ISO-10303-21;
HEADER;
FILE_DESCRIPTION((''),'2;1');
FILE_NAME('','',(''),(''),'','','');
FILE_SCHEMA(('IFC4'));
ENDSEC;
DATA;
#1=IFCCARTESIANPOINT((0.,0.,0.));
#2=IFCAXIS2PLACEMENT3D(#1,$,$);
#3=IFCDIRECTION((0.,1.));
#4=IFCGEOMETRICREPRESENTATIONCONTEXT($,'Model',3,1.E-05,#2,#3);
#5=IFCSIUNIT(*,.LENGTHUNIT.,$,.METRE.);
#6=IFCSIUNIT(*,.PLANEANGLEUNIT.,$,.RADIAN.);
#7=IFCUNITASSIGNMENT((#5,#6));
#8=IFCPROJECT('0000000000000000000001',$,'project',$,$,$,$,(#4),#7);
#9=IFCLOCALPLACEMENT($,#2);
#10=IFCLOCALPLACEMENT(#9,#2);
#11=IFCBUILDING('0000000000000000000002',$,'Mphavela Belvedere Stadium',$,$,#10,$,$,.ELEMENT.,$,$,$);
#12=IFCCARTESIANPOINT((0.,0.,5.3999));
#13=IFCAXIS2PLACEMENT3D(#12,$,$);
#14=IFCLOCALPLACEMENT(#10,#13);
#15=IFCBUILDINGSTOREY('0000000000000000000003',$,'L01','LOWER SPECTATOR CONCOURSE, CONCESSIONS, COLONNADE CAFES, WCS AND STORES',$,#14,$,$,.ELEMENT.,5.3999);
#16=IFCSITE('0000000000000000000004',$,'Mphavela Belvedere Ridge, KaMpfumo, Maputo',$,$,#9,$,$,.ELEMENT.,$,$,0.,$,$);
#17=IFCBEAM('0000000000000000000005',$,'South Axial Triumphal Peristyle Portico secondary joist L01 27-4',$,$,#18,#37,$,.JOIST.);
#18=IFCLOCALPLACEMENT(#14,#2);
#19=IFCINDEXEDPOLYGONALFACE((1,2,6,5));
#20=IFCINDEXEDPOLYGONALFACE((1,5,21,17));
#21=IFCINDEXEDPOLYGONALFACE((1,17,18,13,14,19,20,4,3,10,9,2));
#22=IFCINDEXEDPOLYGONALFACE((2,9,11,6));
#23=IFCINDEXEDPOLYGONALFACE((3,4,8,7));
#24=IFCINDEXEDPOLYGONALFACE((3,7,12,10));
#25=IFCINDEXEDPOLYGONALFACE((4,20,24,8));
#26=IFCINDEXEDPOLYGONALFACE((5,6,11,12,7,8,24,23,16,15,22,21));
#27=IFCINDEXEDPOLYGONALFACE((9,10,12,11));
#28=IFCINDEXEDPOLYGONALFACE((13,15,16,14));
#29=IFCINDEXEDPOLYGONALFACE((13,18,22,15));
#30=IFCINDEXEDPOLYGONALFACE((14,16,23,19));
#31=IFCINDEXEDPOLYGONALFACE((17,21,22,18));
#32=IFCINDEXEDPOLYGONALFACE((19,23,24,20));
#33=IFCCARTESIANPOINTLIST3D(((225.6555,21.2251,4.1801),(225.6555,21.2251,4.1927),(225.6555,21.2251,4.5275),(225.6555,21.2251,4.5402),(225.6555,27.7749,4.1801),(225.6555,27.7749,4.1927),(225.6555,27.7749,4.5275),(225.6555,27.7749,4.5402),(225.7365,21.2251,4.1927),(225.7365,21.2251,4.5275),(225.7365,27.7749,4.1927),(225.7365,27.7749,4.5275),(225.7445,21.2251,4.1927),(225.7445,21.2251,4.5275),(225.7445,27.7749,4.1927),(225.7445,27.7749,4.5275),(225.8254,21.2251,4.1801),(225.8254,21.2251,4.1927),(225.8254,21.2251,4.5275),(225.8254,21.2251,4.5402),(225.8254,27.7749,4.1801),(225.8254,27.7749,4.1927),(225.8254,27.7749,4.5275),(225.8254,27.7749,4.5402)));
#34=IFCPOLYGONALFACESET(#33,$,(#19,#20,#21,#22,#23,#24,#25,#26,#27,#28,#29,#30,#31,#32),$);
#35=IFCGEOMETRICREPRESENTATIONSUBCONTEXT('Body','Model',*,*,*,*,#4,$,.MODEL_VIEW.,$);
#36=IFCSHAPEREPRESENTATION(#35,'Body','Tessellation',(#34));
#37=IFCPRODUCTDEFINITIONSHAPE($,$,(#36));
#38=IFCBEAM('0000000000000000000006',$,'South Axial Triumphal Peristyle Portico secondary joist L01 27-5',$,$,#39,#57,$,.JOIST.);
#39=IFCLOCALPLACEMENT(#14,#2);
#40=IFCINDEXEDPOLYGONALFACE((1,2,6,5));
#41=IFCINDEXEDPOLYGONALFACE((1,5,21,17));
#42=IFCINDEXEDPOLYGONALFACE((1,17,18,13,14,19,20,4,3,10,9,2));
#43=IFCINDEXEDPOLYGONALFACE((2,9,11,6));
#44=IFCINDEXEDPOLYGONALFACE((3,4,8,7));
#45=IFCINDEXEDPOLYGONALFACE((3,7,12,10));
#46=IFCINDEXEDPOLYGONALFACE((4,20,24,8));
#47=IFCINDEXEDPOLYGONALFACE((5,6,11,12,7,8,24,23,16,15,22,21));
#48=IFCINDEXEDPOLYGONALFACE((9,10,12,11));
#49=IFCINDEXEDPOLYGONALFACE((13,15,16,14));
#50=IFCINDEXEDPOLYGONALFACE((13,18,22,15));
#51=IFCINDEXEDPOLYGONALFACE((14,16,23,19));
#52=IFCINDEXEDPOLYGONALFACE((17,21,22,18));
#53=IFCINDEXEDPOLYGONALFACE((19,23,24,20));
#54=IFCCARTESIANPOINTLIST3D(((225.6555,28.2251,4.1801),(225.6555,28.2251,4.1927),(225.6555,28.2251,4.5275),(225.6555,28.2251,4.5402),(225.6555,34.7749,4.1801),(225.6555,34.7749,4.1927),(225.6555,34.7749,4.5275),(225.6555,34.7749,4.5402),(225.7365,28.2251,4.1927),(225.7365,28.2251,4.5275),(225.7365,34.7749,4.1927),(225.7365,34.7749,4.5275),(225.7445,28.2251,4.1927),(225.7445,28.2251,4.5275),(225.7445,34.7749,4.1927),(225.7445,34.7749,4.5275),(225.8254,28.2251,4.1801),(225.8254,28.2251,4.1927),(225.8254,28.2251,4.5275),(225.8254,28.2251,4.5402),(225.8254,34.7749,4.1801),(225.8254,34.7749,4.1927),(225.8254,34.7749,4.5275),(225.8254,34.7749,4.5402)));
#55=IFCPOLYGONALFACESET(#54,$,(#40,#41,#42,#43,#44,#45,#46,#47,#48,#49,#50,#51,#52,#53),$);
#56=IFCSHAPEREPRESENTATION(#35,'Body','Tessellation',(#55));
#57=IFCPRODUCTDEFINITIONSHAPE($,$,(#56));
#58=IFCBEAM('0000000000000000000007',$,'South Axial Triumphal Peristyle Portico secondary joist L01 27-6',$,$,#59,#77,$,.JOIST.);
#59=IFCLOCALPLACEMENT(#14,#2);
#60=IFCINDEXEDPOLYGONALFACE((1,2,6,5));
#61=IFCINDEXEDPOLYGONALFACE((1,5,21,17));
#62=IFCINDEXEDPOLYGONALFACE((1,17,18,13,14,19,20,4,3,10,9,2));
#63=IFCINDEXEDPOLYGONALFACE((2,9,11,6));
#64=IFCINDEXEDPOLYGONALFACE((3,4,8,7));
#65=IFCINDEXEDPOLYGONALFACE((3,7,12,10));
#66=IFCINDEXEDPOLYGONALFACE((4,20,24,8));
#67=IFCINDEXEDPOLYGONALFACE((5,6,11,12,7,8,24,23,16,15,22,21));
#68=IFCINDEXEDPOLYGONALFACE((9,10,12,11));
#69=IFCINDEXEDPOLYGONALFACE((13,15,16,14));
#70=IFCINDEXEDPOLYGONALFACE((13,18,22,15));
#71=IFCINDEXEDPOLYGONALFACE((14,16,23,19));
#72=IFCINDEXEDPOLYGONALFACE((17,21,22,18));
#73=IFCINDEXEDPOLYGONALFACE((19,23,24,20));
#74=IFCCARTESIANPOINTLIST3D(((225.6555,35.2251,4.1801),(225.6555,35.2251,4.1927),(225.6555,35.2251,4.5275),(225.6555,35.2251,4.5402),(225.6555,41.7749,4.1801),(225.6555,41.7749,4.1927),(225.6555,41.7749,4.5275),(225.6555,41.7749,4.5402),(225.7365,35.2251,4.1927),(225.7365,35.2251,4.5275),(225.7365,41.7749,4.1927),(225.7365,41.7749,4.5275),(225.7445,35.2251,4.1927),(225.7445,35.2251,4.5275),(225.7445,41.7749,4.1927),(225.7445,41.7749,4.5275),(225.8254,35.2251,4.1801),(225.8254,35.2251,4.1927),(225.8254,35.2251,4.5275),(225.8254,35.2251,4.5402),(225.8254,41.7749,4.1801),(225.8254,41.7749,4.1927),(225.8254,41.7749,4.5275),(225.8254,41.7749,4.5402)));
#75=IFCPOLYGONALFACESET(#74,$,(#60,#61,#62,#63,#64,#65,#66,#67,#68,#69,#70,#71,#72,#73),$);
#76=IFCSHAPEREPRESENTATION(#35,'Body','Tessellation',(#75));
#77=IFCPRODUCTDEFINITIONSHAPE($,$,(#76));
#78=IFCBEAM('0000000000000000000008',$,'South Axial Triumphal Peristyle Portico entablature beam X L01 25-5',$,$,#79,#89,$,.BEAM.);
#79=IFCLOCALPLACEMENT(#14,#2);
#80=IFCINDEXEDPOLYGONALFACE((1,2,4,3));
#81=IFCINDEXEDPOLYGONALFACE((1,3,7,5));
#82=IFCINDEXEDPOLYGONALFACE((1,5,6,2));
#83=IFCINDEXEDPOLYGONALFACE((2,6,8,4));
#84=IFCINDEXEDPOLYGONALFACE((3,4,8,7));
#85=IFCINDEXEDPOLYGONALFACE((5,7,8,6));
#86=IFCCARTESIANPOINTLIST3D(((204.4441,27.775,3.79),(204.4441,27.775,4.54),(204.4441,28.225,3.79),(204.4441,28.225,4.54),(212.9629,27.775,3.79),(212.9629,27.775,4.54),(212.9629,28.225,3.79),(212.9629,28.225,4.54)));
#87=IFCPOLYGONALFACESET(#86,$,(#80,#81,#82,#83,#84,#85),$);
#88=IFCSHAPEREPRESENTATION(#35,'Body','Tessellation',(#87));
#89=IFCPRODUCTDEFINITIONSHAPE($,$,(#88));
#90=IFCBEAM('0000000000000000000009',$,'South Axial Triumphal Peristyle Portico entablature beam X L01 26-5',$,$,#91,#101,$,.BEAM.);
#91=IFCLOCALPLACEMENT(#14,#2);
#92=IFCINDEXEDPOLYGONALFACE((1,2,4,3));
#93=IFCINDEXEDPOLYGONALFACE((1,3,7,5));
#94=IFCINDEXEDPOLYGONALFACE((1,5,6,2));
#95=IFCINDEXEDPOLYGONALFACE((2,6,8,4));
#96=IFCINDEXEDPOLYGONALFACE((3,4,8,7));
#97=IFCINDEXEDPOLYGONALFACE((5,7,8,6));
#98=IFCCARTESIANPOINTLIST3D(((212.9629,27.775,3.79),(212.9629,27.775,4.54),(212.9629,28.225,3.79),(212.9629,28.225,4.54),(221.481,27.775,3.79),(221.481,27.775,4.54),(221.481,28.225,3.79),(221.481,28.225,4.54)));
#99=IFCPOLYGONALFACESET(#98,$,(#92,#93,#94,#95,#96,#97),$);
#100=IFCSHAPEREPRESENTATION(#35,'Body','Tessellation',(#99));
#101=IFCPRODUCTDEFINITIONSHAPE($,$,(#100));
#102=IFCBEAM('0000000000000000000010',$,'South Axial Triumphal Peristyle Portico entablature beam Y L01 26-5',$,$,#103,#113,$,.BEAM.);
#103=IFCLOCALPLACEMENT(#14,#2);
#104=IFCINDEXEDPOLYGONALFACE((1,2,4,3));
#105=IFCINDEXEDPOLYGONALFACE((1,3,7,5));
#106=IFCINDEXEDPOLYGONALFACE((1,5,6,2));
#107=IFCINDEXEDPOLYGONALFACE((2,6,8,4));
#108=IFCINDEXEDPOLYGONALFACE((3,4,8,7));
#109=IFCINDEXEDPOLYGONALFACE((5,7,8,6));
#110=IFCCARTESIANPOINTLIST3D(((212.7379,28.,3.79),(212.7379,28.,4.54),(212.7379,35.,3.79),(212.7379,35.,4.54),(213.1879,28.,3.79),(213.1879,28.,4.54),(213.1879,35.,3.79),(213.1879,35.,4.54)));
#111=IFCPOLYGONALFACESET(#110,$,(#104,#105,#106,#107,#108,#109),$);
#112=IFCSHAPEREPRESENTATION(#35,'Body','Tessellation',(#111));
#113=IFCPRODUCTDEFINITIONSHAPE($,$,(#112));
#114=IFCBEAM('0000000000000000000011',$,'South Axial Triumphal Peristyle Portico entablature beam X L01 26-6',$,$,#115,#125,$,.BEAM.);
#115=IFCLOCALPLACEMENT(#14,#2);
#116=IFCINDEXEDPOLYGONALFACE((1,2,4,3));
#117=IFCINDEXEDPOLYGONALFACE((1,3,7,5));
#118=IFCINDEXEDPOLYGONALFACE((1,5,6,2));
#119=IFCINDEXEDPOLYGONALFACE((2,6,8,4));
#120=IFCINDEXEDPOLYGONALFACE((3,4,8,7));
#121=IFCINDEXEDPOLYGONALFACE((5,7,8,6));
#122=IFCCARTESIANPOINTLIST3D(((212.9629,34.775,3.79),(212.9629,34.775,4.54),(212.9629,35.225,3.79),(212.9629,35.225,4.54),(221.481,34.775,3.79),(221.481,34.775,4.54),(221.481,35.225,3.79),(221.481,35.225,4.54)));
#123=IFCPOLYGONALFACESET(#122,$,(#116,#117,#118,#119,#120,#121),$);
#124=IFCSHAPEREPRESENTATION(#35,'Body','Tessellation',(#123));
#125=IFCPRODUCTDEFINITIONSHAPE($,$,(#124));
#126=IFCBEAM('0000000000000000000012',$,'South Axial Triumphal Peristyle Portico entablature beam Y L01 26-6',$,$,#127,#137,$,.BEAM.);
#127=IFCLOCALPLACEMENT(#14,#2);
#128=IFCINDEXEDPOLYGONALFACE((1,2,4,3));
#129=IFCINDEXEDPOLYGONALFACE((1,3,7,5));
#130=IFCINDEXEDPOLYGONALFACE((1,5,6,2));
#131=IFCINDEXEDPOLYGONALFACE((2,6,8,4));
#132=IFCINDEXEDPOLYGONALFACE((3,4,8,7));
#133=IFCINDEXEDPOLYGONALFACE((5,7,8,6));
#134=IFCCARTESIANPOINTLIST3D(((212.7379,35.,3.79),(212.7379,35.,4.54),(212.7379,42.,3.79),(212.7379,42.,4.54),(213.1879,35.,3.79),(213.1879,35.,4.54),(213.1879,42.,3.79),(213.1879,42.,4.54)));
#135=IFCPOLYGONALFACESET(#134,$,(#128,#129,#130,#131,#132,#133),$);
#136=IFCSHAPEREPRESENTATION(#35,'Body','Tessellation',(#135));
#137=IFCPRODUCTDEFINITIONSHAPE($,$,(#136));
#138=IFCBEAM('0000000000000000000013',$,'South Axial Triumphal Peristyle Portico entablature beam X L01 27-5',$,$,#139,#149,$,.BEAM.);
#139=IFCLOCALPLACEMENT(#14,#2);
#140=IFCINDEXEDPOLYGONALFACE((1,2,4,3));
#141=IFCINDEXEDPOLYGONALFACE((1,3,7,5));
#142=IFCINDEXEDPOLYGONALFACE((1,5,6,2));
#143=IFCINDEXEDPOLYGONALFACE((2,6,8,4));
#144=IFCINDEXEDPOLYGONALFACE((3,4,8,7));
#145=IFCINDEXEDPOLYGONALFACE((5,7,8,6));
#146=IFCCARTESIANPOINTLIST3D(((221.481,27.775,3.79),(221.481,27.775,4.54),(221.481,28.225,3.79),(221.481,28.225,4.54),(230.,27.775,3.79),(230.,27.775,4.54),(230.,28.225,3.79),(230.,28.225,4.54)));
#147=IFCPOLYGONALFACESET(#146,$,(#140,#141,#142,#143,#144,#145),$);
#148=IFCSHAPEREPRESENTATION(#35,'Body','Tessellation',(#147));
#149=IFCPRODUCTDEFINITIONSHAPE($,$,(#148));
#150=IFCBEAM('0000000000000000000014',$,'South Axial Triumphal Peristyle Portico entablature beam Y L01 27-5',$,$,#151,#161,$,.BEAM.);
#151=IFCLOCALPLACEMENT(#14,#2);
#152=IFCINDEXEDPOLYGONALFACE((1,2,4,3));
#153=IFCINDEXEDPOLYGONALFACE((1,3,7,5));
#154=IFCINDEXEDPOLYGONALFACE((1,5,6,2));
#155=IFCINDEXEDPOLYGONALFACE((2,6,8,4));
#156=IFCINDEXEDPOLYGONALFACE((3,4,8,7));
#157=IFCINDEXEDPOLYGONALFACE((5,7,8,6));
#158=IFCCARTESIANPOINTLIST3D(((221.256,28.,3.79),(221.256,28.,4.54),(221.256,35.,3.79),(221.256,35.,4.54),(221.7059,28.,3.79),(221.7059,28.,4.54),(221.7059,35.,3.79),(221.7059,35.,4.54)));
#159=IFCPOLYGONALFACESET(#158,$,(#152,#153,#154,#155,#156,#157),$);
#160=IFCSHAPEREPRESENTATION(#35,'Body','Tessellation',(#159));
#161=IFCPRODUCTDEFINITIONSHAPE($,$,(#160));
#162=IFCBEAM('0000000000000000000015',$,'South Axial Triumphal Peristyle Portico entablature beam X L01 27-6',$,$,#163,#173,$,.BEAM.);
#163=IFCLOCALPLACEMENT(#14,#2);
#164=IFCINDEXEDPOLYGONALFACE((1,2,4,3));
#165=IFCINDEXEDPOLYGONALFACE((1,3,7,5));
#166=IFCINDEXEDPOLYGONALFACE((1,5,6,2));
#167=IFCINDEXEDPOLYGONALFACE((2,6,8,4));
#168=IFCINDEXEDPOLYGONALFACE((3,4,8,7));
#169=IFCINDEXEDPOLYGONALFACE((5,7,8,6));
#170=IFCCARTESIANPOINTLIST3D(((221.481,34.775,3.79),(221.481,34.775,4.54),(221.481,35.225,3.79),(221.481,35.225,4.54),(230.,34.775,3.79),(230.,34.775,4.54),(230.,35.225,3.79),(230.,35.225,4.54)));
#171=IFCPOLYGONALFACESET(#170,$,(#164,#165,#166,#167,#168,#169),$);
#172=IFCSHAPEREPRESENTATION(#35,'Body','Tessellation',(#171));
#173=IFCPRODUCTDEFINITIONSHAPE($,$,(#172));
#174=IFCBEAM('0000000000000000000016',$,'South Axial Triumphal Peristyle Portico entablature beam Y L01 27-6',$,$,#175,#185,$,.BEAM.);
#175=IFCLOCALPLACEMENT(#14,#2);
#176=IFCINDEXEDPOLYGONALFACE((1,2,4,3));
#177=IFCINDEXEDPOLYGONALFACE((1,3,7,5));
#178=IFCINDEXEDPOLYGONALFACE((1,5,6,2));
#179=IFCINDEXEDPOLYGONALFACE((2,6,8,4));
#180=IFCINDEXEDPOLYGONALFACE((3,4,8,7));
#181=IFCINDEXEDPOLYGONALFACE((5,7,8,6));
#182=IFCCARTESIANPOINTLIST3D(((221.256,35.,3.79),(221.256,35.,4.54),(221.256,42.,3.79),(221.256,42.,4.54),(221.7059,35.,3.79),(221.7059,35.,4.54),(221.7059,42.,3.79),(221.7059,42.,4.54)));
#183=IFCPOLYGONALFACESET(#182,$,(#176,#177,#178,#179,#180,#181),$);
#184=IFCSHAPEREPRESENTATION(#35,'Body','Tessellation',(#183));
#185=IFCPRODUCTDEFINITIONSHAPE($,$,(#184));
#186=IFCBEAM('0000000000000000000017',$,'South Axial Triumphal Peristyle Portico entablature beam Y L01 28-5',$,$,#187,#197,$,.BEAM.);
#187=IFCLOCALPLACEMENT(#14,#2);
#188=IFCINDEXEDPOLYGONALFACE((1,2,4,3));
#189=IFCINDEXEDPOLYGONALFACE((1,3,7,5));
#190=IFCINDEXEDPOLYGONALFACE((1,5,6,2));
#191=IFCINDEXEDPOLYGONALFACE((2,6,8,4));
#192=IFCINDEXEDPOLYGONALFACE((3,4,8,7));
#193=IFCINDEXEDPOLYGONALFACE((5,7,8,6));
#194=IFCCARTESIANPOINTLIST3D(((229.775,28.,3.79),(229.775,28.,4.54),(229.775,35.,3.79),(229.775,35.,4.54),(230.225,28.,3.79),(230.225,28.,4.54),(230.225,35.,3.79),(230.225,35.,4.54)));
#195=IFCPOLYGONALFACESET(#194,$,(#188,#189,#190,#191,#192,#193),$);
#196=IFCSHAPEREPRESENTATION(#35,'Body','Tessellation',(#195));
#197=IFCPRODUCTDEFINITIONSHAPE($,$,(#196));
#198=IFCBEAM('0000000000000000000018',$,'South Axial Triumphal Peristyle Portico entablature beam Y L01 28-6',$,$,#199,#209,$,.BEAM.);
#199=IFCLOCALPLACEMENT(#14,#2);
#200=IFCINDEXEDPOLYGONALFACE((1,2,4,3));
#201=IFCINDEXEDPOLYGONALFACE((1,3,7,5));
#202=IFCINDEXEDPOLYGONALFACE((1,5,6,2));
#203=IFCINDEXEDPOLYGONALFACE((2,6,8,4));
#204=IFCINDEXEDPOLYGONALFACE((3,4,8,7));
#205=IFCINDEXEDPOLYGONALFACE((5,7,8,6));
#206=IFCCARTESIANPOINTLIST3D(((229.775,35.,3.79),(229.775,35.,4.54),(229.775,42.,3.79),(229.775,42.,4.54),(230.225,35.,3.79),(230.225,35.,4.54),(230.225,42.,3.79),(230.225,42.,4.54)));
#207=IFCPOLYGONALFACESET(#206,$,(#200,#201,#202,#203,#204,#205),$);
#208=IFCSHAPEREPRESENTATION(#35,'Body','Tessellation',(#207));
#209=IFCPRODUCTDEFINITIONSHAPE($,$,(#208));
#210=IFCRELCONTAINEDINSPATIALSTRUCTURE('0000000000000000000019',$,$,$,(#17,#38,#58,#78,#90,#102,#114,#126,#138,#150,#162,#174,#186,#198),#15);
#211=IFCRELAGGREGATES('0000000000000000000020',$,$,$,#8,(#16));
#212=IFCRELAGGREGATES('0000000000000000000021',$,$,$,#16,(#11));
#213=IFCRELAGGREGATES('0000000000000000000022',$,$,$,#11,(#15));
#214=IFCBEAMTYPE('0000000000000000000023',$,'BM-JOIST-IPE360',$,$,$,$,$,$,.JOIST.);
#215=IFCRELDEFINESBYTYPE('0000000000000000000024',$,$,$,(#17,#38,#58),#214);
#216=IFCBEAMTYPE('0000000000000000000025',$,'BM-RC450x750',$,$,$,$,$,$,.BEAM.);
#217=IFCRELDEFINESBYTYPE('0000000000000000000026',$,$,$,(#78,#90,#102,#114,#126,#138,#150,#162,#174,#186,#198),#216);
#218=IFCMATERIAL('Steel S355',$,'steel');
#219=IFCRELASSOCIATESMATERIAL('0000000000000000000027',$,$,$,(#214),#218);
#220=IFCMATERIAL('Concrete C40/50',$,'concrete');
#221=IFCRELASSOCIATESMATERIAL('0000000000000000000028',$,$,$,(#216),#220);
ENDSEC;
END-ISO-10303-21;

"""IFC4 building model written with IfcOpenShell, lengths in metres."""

from ifc_helpers import new_model, si_unit, direction, frame, origin, origin_2d, place, context, subcontext, project, spatial, rectangle, i_section, extrude, material, material_profile, profile_set, type_object, element, save


model = new_model("IFC4")

# Units and contexts
model_context = context("Model", 3, precision=1e-05, world=origin(), true_north=direction((0.0, 1.0)))
body_context = subcontext(model_context, "Body", "Model", "MODEL_VIEW")
ifc_project = project(units=[si_unit("LENGTHUNIT", "METRE"), si_unit("PLANEANGLEUNIT", "RADIAN")], contexts=[model_context])

# Site, building, storey
site_placement = place(None, origin())
site = spatial("IfcSite", under=ifc_project, at=site_placement, Name="Mphavela Belvedere Ridge, KaMpfumo, Maputo", CompositionType="ELEMENT", RefElevation=0.0)
building_placement = place(site_placement, origin())
building = spatial("IfcBuilding", under=site, at=building_placement, Name="Mphavela Belvedere Stadium", CompositionType="ELEMENT")
storey_placement = place(building_placement, frame((0.0, 0.0, 5.3999)))
storey = spatial("IfcBuildingStorey", under=building, at=storey_placement, Name="L01", Description="LOWER SPECTATOR CONCOURSE, CONCESSIONS, COLONNADE CAFES, WCS AND STORES", CompositionType="ELEMENT", Elevation=5.3999)

# Beams
ifc_material_1 = material(Name="Steel S355", Category="steel")
ifc_material_profile_1 = material_profile(ifc_material_1, i_section(OverallWidth=0.1699, OverallDepth=0.3601, WebThickness=0.0081, FlangeThickness=0.0127, at=origin_2d()), Name="IPE 360")
ifc_profile_set_1 = profile_set([ifc_material_profile_1], Name="Steel S355")
beam_type_1 = type_object("IfcBeamType", Name="BM-JOIST-IPE360", PredefinedType="JOIST", material=ifc_profile_set_1)
for number, where, z_axis, x_axis, name in (
    (1, (225.7405, 21.2251, 4.3601), (0.0, 1.0, 0.0), (-1.0, 0.0, 0.0), "South Axial Triumphal Peristyle Portico secondary joist L01 27-4"),
    (2, (225.7405, 28.2251, 4.3601), (0.0, 1.0, 0.0), (-1.0, 0.0, 0.0), "South Axial Triumphal Peristyle Portico secondary joist L01 27-5"),
    (3, (225.7405, 35.2251, 4.3601), (0.0, 1.0, 0.0), (-1.0, 0.0, 0.0), "South Axial Triumphal Peristyle Portico secondary joist L01 27-6"),
):
    element("IfcBeam", number, at=place(storey_placement, frame(where, z_axis=z_axis, x_axis=x_axis)), inside=storey, type_object=beam_type_1, Name=name, PredefinedType="JOIST", context=body_context, shape_type="SweptSolid", body=[
        extrude(i_section(OverallWidth=0.1699, OverallDepth=0.3601, WebThickness=0.0081, FlangeThickness=0.0127, at=origin_2d()), origin(), (0.0, 0.0, 1.0), 6.5498),
    ])
ifc_material_2 = material(Name="Concrete C40/50", Category="concrete")
ifc_material_profile_2 = material_profile(ifc_material_2, rectangle(XDim=0.45, YDim=0.75, at=origin_2d()), Name="RC 450x750")
ifc_profile_set_2 = profile_set([ifc_material_profile_2], Name="Concrete C40/50")
beam_type_2 = type_object("IfcBeamType", Name="BM-RC450x750", PredefinedType="BEAM", material=ifc_profile_set_2)
beam_1_placement = place(storey_placement, frame((204.4441, 28.0, 4.165), z_axis=(1.0, 0.0, 0.0), x_axis=(0.0, 1.0, 0.0)))
element("IfcBeam", 4, at=beam_1_placement, inside=storey, type_object=beam_type_2, Name="South Axial Triumphal Peristyle Portico entablature beam X L01 25-5", PredefinedType="BEAM", context=body_context, shape_type="SweptSolid", body=[
    extrude(rectangle(XDim=0.45, YDim=0.75, at=origin_2d()), origin(), (0.0, 0.0, 1.0), 8.5188),
])
beam_2_placement = place(storey_placement, frame((212.9629, 28.0, 4.165), z_axis=(1.0, 0.0, 0.0), x_axis=(0.0, 1.0, 0.0)))
element("IfcBeam", 5, at=beam_2_placement, inside=storey, type_object=beam_type_2, Name="South Axial Triumphal Peristyle Portico entablature beam X L01 26-5", PredefinedType="BEAM", context=body_context, shape_type="SweptSolid", body=[
    extrude(rectangle(XDim=0.45, YDim=0.75, at=origin_2d()), origin(), (0.0, 0.0, 1.0), 8.5181),
])
beam_3_placement = place(storey_placement, frame((212.9629, 28.0, 4.165), z_axis=(0.0, 1.0, 0.0), x_axis=(-1.0, 0.0, 0.0)))
element("IfcBeam", 6, at=beam_3_placement, inside=storey, type_object=beam_type_2, Name="South Axial Triumphal Peristyle Portico entablature beam Y L01 26-5", PredefinedType="BEAM", context=body_context, shape_type="SweptSolid", body=[
    extrude(rectangle(XDim=0.45, YDim=0.75, at=origin_2d()), origin(), (0.0, 0.0, 1.0), 7.0),
])
beam_4_placement = place(storey_placement, frame((212.9629, 35.0, 4.165), z_axis=(1.0, 0.0, 0.0), x_axis=(0.0, 1.0, 0.0)))
element("IfcBeam", 7, at=beam_4_placement, inside=storey, type_object=beam_type_2, Name="South Axial Triumphal Peristyle Portico entablature beam X L01 26-6", PredefinedType="BEAM", context=body_context, shape_type="SweptSolid", body=[
    extrude(rectangle(XDim=0.45, YDim=0.75, at=origin_2d()), origin(), (0.0, 0.0, 1.0), 8.5181),
])
beam_5_placement = place(storey_placement, frame((212.9629, 35.0, 4.165), z_axis=(0.0, 1.0, 0.0), x_axis=(-1.0, 0.0, 0.0)))
element("IfcBeam", 8, at=beam_5_placement, inside=storey, type_object=beam_type_2, Name="South Axial Triumphal Peristyle Portico entablature beam Y L01 26-6", PredefinedType="BEAM", context=body_context, shape_type="SweptSolid", body=[
    extrude(rectangle(XDim=0.45, YDim=0.75, at=origin_2d()), origin(), (0.0, 0.0, 1.0), 7.0),
])
beam_6_placement = place(storey_placement, frame((221.481, 28.0, 4.165), z_axis=(1.0, 0.0, 0.0), x_axis=(0.0, 1.0, 0.0)))
element("IfcBeam", 9, at=beam_6_placement, inside=storey, type_object=beam_type_2, Name="South Axial Triumphal Peristyle Portico entablature beam X L01 27-5", PredefinedType="BEAM", context=body_context, shape_type="SweptSolid", body=[
    extrude(rectangle(XDim=0.45, YDim=0.75, at=origin_2d()), origin(), (0.0, 0.0, 1.0), 8.519),
])
beam_7_placement = place(storey_placement, frame((221.481, 28.0, 4.165), z_axis=(0.0, 1.0, 0.0), x_axis=(-1.0, 0.0, 0.0)))
element("IfcBeam", 10, at=beam_7_placement, inside=storey, type_object=beam_type_2, Name="South Axial Triumphal Peristyle Portico entablature beam Y L01 27-5", PredefinedType="BEAM", context=body_context, shape_type="SweptSolid", body=[
    extrude(rectangle(XDim=0.45, YDim=0.75, at=origin_2d()), origin(), (0.0, 0.0, 1.0), 7.0),
])
beam_8_placement = place(storey_placement, frame((221.481, 35.0, 4.165), z_axis=(1.0, 0.0, 0.0), x_axis=(0.0, 1.0, 0.0)))
element("IfcBeam", 11, at=beam_8_placement, inside=storey, type_object=beam_type_2, Name="South Axial Triumphal Peristyle Portico entablature beam X L01 27-6", PredefinedType="BEAM", context=body_context, shape_type="SweptSolid", body=[
    extrude(rectangle(XDim=0.45, YDim=0.75, at=origin_2d()), origin(), (0.0, 0.0, 1.0), 8.519),
])
for number, where, z_axis, x_axis, name in (
    (12, (221.481, 35.0, 4.165), (0.0, 1.0, 0.0), (-1.0, 0.0, 0.0), "South Axial Triumphal Peristyle Portico entablature beam Y L01 27-6"),
    (13, (230.0, 28.0, 4.165), (0.0, 1.0, 0.0), (-1.0, 0.0, 0.0), "South Axial Triumphal Peristyle Portico entablature beam Y L01 28-5"),
    (14, (230.0, 35.0, 4.165), (0.0, 1.0, 0.0), (-1.0, 0.0, 0.0), "South Axial Triumphal Peristyle Portico entablature beam Y L01 28-6"),
):
    element("IfcBeam", number, at=place(storey_placement, frame(where, z_axis=z_axis, x_axis=x_axis)), inside=storey, type_object=beam_type_2, Name=name, PredefinedType="BEAM", context=body_context, shape_type="SweptSolid", body=[
        extrude(rectangle(XDim=0.45, YDim=0.75, at=origin_2d()), origin(), (0.0, 0.0, 1.0), 7.0),
    ])

save(model, "model.ifc")
